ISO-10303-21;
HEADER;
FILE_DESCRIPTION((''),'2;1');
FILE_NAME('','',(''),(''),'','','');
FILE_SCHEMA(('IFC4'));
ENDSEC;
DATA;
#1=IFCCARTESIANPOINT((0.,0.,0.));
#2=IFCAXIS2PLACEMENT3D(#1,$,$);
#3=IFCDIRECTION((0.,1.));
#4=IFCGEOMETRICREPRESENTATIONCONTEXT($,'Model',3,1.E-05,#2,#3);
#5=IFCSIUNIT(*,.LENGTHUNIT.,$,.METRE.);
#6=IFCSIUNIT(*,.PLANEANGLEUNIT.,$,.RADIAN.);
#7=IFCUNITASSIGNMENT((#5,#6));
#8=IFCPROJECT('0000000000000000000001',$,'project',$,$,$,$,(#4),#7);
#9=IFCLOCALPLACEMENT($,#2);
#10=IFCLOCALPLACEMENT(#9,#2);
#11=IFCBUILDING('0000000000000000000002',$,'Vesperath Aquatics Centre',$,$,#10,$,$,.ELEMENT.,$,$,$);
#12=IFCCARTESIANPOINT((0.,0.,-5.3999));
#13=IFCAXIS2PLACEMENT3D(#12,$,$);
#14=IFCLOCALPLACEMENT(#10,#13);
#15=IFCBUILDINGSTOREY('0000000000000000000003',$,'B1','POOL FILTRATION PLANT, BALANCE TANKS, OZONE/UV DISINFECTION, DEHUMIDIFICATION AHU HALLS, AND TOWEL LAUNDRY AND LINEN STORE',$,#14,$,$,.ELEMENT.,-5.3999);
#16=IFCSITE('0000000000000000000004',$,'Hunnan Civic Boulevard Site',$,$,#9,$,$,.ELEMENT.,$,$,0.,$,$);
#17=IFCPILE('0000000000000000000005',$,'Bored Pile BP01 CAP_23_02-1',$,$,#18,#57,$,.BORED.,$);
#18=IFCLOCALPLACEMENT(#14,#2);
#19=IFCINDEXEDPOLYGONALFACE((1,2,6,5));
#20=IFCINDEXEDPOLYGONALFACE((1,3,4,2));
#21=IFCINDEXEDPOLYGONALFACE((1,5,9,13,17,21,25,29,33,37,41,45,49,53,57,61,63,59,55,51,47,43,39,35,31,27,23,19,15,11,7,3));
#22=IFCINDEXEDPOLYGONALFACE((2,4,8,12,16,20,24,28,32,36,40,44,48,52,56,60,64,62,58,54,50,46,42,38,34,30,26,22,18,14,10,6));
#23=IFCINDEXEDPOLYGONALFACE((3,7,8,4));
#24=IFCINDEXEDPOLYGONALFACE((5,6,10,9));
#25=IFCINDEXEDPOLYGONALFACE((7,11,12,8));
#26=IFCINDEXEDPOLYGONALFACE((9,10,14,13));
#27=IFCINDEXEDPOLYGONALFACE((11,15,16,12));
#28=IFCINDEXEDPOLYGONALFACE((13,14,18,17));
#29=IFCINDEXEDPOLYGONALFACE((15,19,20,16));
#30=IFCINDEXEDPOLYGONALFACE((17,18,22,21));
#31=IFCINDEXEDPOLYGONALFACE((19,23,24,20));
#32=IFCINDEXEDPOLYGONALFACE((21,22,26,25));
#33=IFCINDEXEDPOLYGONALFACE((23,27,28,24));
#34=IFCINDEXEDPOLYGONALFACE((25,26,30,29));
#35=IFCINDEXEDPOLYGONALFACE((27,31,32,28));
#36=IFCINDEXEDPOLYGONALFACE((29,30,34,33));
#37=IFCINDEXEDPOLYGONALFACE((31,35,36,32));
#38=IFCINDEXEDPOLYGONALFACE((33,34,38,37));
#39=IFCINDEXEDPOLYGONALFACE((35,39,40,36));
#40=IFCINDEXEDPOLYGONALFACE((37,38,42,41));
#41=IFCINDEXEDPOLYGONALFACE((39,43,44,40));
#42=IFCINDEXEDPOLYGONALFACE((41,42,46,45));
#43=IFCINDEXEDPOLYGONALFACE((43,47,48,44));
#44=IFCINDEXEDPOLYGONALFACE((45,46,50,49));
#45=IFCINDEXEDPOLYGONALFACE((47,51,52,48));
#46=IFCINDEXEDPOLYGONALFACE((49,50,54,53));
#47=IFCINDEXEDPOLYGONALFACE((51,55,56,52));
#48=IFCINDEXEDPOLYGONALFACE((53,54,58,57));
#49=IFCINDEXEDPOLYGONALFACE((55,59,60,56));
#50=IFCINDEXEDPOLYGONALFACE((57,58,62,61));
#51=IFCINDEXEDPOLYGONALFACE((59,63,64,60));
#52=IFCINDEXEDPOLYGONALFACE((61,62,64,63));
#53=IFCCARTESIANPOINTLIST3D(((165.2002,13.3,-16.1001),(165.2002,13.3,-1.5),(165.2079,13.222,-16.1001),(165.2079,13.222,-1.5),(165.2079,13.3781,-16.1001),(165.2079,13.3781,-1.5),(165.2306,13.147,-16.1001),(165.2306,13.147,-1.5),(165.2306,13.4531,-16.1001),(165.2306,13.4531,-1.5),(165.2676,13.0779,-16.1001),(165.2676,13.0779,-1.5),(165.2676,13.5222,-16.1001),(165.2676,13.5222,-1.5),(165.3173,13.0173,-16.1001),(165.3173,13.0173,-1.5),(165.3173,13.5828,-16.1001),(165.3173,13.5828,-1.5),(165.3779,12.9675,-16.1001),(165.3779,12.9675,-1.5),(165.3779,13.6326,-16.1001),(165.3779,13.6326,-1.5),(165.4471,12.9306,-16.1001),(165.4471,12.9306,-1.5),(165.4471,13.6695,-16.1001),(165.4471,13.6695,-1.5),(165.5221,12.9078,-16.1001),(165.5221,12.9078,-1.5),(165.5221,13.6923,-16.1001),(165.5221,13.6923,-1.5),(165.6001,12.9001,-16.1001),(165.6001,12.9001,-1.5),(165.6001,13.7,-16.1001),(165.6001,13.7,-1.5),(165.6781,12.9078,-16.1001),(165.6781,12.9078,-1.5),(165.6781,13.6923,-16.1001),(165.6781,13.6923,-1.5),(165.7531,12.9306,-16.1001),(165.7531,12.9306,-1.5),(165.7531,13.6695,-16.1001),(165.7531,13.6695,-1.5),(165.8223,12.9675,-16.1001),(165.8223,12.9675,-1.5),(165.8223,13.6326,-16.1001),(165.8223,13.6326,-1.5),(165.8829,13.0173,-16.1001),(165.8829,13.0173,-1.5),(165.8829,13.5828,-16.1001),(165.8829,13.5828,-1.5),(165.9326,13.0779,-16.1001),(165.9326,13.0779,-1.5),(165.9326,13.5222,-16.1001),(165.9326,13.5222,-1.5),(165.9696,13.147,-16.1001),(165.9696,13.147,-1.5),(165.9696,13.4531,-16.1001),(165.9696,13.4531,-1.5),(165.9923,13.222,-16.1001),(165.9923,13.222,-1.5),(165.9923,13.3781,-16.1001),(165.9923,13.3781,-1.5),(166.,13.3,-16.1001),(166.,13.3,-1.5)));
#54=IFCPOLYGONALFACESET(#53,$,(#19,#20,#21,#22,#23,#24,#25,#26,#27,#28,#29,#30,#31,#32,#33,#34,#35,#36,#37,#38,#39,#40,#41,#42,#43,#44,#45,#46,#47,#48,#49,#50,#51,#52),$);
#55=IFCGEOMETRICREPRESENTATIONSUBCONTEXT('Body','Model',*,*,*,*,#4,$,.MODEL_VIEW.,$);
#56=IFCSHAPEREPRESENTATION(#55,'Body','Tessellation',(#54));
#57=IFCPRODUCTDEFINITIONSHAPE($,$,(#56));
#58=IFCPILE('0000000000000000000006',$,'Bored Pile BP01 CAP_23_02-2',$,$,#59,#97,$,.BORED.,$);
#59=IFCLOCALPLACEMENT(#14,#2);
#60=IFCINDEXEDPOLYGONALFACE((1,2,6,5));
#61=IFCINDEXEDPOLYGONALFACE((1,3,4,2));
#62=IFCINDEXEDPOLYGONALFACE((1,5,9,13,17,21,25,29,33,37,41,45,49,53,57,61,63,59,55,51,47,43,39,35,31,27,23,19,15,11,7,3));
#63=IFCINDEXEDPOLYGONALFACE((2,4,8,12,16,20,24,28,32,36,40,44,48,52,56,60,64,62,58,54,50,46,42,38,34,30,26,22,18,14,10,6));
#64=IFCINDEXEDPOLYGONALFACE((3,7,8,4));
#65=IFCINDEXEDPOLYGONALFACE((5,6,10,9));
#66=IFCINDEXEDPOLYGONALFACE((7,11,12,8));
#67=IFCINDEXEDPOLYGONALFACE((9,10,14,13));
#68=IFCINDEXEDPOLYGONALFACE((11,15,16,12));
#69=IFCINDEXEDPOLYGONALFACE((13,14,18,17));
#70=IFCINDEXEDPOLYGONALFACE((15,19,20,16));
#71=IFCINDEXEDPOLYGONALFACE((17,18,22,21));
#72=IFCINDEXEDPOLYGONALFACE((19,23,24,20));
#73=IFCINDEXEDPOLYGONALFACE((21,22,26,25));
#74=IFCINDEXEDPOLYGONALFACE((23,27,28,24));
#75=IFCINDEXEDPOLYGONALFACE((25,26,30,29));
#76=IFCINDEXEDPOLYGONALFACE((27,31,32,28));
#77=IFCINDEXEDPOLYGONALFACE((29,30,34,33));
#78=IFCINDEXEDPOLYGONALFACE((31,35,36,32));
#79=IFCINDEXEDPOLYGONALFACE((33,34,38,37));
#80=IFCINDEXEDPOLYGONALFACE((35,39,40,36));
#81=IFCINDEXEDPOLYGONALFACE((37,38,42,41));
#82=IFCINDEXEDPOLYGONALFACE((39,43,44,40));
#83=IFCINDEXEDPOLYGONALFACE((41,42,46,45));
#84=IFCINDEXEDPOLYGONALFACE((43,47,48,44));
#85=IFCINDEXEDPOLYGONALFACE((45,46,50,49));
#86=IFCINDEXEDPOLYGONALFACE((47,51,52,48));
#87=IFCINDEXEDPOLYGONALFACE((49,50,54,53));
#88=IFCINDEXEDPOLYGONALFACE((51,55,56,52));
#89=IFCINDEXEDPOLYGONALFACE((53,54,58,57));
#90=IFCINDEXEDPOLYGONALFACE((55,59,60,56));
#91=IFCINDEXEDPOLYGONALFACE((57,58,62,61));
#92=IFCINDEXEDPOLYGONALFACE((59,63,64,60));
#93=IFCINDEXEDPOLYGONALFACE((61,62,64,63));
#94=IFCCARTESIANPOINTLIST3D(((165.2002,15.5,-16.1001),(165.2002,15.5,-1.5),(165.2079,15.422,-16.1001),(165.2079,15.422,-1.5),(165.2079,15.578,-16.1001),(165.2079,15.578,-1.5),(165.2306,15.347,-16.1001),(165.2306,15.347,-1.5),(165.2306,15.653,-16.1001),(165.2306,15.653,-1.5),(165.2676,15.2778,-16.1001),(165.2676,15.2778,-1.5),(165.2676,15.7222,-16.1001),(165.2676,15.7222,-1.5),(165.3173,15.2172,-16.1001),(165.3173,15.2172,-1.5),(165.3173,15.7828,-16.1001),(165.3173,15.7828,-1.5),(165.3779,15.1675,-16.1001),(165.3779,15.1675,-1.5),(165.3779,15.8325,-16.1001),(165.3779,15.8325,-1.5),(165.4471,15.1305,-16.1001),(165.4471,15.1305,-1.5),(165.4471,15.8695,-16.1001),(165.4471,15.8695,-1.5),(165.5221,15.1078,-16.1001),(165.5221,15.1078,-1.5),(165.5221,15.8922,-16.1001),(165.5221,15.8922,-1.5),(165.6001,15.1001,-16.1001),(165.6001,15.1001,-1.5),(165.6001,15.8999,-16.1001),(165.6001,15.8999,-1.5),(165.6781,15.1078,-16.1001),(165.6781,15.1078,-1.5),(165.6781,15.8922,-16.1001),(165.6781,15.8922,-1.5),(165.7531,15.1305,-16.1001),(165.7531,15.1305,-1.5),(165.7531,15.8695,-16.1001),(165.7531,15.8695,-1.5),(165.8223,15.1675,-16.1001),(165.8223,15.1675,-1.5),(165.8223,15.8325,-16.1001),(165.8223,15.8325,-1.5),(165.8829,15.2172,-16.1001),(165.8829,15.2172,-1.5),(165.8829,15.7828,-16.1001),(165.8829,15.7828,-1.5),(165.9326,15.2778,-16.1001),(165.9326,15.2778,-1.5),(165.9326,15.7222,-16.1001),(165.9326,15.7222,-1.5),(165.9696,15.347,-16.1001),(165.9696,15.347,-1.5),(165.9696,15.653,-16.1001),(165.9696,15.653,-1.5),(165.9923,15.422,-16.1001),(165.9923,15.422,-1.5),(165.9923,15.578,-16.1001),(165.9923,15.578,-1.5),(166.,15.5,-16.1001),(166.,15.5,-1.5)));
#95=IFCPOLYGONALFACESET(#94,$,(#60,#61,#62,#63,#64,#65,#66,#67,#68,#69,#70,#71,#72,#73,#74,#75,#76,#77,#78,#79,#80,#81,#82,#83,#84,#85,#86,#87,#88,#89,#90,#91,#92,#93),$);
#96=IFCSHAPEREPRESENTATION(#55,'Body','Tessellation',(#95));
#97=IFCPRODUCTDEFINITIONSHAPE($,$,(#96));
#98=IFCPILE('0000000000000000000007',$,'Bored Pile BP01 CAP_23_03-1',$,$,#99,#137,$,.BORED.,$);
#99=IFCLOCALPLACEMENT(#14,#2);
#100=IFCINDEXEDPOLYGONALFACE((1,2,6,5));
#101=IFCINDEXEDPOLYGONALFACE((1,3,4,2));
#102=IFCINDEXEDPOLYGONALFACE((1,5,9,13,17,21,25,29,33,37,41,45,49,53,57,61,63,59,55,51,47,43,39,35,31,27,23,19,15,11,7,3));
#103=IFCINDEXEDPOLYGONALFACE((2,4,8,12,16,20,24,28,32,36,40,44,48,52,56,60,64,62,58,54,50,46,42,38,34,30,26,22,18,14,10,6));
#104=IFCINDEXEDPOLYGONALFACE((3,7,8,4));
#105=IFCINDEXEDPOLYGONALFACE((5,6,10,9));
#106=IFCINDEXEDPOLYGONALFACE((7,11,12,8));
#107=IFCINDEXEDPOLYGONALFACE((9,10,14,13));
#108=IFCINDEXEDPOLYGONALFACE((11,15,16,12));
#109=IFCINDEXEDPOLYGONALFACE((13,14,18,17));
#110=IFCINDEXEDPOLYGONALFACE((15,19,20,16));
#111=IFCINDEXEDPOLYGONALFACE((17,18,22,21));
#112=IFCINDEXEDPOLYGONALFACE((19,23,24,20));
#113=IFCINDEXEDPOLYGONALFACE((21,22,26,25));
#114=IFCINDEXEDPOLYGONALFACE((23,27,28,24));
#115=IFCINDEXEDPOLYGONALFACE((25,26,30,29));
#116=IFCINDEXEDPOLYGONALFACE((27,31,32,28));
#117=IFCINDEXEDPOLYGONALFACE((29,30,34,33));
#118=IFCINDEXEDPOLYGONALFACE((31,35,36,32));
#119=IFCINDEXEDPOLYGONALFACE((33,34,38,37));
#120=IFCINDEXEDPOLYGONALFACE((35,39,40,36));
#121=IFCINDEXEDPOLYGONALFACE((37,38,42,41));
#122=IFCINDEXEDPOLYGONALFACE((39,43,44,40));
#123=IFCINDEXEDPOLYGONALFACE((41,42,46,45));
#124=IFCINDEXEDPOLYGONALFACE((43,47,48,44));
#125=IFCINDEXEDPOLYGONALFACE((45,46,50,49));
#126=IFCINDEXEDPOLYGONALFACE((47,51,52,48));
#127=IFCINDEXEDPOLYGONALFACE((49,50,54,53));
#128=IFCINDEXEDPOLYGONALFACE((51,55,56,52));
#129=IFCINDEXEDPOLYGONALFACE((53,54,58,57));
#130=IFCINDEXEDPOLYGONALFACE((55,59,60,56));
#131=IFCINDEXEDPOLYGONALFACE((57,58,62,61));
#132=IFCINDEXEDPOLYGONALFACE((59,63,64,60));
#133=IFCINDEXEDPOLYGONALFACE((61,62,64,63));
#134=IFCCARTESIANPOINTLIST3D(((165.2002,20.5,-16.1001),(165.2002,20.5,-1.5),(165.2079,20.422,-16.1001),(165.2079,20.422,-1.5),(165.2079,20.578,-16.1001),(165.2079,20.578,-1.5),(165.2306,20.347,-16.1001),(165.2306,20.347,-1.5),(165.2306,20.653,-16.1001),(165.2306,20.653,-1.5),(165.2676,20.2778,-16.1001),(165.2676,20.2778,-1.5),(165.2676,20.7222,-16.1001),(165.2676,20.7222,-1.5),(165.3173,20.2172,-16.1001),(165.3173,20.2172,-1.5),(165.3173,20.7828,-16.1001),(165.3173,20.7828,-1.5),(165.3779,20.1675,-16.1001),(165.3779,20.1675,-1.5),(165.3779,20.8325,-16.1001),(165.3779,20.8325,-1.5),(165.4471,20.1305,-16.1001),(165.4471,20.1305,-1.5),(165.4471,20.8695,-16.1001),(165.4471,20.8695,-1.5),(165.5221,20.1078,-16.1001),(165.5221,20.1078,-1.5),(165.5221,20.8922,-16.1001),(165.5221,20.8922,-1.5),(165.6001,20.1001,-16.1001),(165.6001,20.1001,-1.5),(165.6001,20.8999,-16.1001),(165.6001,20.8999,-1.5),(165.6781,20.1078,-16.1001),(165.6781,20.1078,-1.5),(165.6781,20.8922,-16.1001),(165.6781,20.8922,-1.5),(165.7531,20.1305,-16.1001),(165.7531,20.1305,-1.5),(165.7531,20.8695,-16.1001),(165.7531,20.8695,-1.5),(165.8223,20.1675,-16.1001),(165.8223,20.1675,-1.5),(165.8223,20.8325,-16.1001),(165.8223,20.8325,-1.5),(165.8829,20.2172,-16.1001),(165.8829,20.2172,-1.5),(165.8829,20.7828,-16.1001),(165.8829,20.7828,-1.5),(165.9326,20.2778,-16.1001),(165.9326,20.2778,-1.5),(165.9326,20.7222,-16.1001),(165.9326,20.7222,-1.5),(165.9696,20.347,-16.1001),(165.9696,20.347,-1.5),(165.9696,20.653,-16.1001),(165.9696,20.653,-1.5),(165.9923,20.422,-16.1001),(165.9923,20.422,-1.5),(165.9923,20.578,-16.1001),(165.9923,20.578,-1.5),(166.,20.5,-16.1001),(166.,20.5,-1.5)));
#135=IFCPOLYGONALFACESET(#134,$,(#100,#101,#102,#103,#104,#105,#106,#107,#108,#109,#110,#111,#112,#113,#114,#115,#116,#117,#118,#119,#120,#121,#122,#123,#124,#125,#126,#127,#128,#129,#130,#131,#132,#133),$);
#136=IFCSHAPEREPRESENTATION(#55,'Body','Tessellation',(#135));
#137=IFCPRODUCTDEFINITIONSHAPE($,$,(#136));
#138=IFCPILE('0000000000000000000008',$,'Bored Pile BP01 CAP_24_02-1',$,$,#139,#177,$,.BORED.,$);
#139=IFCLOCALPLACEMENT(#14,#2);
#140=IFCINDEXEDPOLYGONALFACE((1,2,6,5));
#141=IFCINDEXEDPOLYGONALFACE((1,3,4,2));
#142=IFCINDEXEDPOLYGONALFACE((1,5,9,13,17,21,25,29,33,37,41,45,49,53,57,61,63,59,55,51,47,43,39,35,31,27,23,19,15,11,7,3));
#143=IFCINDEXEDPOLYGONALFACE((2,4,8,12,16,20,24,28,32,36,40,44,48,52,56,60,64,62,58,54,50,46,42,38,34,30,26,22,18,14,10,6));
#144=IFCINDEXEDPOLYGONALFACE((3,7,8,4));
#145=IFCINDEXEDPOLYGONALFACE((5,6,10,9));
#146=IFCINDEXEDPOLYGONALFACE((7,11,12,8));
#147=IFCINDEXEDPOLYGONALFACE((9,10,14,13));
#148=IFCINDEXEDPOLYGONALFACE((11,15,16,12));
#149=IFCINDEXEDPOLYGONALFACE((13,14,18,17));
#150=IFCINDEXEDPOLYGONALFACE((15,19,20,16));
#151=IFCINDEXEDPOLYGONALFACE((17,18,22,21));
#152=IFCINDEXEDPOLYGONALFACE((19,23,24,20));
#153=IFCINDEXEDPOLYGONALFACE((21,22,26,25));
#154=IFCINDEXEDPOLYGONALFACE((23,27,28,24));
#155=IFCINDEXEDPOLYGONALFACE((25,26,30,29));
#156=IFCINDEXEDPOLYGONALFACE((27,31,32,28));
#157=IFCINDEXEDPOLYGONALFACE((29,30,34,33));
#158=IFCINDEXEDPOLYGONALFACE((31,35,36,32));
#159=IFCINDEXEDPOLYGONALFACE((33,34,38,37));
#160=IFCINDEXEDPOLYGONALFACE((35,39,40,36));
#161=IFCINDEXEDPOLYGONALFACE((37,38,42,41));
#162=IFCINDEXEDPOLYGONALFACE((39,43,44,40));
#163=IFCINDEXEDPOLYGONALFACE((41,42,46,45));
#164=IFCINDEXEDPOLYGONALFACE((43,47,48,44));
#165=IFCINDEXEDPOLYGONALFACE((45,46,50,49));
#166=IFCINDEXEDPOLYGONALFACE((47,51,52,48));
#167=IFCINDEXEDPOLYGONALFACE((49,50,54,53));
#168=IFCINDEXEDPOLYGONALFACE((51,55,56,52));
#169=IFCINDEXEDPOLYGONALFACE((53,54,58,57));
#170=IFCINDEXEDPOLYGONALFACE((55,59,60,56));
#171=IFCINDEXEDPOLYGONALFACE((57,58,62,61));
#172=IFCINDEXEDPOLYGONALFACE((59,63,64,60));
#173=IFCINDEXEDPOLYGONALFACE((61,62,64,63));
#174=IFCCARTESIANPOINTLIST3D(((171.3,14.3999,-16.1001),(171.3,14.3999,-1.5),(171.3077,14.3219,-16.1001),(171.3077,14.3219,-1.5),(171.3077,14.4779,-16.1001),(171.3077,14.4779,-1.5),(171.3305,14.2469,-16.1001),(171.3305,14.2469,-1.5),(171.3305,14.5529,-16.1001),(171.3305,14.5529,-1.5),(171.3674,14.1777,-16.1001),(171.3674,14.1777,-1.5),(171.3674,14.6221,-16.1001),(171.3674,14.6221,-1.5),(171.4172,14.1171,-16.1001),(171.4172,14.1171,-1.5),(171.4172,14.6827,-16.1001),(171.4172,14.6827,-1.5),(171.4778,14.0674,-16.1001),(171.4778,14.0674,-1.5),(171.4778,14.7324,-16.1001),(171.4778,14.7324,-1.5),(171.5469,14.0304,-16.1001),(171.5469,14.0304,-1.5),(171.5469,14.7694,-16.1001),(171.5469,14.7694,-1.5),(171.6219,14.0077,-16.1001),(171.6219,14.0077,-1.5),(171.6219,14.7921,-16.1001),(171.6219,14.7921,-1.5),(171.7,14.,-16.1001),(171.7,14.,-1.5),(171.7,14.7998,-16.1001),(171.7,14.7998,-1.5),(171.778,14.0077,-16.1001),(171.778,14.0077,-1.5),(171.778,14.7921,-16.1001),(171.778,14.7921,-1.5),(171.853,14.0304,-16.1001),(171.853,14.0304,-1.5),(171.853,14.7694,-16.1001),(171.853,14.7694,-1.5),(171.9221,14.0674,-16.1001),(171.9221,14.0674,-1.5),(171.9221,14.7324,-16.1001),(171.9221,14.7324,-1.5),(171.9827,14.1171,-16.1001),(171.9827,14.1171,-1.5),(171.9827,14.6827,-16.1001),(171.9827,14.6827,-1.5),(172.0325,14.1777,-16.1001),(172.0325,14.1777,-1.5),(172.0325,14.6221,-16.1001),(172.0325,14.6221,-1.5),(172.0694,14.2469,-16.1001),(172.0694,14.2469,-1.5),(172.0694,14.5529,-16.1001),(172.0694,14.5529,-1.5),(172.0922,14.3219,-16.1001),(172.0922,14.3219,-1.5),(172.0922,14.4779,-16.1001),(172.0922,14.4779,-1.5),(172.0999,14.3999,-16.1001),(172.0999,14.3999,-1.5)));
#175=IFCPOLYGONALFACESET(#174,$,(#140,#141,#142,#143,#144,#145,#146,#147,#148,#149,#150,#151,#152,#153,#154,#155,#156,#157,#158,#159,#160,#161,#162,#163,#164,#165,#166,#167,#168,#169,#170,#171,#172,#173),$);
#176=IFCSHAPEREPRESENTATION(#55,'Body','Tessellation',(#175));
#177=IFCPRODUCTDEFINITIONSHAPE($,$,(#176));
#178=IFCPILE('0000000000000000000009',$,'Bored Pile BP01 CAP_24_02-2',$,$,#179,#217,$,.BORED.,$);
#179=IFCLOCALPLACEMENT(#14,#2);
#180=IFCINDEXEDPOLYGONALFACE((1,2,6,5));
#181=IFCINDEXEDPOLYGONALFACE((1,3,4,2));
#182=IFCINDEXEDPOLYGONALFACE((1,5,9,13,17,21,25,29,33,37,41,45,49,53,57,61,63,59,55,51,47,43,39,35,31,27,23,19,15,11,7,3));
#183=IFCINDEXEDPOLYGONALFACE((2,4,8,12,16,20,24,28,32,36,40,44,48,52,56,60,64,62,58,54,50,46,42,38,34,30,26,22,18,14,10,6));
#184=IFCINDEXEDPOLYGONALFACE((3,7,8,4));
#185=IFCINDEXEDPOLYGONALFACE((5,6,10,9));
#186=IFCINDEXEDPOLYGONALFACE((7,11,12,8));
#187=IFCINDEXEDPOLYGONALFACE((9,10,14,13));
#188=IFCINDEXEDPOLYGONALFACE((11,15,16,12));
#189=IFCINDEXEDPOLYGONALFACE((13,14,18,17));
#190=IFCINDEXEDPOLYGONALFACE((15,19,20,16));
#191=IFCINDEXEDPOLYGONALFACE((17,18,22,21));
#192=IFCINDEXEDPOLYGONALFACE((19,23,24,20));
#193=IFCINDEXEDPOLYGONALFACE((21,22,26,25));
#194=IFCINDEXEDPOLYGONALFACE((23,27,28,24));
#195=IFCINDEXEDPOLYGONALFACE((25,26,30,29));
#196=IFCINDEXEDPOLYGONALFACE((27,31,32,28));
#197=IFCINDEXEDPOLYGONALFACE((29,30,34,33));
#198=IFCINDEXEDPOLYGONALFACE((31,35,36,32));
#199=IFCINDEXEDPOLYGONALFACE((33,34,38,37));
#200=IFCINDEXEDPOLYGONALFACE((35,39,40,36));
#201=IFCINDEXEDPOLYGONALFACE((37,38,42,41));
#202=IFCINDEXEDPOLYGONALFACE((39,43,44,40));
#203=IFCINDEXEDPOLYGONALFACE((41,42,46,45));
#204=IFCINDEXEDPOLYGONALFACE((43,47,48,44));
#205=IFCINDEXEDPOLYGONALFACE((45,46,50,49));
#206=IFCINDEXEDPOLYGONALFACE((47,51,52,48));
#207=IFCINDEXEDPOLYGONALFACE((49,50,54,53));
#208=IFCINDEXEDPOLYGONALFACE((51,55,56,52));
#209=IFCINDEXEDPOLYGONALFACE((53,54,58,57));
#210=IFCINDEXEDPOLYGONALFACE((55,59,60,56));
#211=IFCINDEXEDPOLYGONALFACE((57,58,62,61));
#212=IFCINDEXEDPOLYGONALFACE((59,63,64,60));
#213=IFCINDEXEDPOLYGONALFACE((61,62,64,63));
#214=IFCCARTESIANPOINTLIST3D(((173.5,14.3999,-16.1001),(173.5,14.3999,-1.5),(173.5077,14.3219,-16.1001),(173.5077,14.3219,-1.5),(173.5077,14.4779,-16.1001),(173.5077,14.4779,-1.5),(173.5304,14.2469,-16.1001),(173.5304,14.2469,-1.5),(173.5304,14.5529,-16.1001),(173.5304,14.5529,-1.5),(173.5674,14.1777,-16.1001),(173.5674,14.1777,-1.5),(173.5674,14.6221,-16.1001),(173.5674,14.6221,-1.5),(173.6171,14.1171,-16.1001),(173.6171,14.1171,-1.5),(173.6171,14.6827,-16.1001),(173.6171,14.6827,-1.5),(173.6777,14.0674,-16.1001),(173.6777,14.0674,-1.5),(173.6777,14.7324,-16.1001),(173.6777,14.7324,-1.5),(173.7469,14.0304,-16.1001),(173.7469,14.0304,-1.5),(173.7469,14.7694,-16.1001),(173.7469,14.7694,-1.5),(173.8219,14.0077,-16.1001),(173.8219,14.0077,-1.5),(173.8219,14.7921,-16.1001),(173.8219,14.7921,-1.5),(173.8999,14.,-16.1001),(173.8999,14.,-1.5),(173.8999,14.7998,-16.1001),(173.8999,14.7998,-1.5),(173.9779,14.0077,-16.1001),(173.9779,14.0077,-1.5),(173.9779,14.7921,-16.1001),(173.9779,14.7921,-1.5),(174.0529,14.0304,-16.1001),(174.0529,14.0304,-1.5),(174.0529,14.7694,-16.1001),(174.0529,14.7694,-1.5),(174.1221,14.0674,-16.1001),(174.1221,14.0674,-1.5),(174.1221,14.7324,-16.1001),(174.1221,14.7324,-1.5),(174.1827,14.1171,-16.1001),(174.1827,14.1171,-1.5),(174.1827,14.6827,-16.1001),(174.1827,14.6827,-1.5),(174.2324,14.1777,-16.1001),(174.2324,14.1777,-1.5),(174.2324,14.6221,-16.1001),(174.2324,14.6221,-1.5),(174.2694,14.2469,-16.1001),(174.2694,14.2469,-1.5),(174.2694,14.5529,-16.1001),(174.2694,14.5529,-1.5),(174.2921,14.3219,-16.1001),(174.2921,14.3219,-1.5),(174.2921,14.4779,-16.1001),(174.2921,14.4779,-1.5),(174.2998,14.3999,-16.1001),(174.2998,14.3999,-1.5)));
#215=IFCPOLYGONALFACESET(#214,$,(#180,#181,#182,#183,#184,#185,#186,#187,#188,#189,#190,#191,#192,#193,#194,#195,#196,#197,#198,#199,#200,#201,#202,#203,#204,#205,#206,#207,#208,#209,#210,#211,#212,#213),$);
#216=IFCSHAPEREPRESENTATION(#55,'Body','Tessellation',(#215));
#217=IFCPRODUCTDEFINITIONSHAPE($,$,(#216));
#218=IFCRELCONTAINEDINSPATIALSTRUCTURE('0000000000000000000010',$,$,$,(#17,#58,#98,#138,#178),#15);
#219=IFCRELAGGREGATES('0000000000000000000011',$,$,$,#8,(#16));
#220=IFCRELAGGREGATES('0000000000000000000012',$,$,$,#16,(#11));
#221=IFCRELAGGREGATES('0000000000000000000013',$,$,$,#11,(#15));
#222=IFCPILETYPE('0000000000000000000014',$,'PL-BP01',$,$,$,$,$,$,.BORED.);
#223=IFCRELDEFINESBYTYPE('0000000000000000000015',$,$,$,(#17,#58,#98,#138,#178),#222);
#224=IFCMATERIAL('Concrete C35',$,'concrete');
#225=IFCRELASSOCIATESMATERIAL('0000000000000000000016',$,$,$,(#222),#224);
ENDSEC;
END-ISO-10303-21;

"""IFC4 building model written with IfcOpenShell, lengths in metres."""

from ifc_helpers import new_model, si_unit, direction, frame, origin, origin_2d, place, context, subcontext, project, spatial, circle, extrude, material, material_profile, profile_set, type_object, element, save


model = new_model("IFC4")

# Units and contexts
model_context = context("Model", 3, precision=1e-05, world=origin(), true_north=direction((0.0, 1.0)))
body_context = subcontext(model_context, "Body", "Model", "MODEL_VIEW")
ifc_project = project(units=[si_unit("LENGTHUNIT", "METRE"), si_unit("PLANEANGLEUNIT", "RADIAN")], contexts=[model_context])

# Site, building, storey
site_placement = place(None, origin())
site = spatial("IfcSite", under=ifc_project, at=site_placement, Name="Hunnan Civic Boulevard Site", CompositionType="ELEMENT", RefElevation=0.0)
building_placement = place(site_placement, origin())
building = spatial("IfcBuilding", under=site, at=building_placement, Name="Vesperath Aquatics Centre", CompositionType="ELEMENT")
storey_placement = place(building_placement, frame((0.0, 0.0, -5.3999)))
storey = spatial("IfcBuildingStorey", under=building, at=storey_placement, Name="B1", Description="POOL FILTRATION PLANT, BALANCE TANKS, OZONE/UV DISINFECTION, DEHUMIDIFICATION AHU HALLS, AND TOWEL LAUNDRY AND LINEN STORE", CompositionType="ELEMENT", Elevation=-5.3999)

# Piles
ifc_material_1 = material(Name="Concrete C35", Category="concrete")
ifc_material_profile_1 = material_profile(ifc_material_1, circle(Radius=0.3999, at=origin_2d()), Name="PILE D800")
ifc_profile_set_1 = profile_set([ifc_material_profile_1], Name="Concrete C35")
pile_type = type_object("IfcPileType", Name="PL-BP01", PredefinedType="BORED", material=ifc_profile_set_1)
for number, where, z_axis, x_axis, name in (
    (1, (165.6001, 13.3, -1.5), (0.0, 0.0, -1.0), (1.0, 0.0, 0.0), "Bored Pile BP01 CAP_23_02-1"),
    (2, (165.6001, 15.5, -1.5), (0.0, 0.0, -1.0), (1.0, 0.0, 0.0), "Bored Pile BP01 CAP_23_02-2"),
    (3, (165.6001, 20.5, -1.5), (0.0, 0.0, -1.0), (1.0, 0.0, 0.0), "Bored Pile BP01 CAP_23_03-1"),
    (4, (171.7, 14.3999, -1.5), (0.0, 0.0, -1.0), (1.0, 0.0, 0.0), "Bored Pile BP01 CAP_24_02-1"),
    (5, (173.8999, 14.3999, -1.5), (0.0, 0.0, -1.0), (1.0, 0.0, 0.0), "Bored Pile BP01 CAP_24_02-2"),
):
    element("IfcPile", number, at=place(storey_placement, frame(where, z_axis=z_axis, x_axis=x_axis)), inside=storey, type_object=pile_type, Name=name, PredefinedType="BORED", context=body_context, shape_type="SweptSolid", body=[
        extrude(circle(Radius=0.3999, at=origin_2d()), origin(), (0.0, 0.0, 1.0), 14.6001),
    ])

save(model, "model.ifc")
